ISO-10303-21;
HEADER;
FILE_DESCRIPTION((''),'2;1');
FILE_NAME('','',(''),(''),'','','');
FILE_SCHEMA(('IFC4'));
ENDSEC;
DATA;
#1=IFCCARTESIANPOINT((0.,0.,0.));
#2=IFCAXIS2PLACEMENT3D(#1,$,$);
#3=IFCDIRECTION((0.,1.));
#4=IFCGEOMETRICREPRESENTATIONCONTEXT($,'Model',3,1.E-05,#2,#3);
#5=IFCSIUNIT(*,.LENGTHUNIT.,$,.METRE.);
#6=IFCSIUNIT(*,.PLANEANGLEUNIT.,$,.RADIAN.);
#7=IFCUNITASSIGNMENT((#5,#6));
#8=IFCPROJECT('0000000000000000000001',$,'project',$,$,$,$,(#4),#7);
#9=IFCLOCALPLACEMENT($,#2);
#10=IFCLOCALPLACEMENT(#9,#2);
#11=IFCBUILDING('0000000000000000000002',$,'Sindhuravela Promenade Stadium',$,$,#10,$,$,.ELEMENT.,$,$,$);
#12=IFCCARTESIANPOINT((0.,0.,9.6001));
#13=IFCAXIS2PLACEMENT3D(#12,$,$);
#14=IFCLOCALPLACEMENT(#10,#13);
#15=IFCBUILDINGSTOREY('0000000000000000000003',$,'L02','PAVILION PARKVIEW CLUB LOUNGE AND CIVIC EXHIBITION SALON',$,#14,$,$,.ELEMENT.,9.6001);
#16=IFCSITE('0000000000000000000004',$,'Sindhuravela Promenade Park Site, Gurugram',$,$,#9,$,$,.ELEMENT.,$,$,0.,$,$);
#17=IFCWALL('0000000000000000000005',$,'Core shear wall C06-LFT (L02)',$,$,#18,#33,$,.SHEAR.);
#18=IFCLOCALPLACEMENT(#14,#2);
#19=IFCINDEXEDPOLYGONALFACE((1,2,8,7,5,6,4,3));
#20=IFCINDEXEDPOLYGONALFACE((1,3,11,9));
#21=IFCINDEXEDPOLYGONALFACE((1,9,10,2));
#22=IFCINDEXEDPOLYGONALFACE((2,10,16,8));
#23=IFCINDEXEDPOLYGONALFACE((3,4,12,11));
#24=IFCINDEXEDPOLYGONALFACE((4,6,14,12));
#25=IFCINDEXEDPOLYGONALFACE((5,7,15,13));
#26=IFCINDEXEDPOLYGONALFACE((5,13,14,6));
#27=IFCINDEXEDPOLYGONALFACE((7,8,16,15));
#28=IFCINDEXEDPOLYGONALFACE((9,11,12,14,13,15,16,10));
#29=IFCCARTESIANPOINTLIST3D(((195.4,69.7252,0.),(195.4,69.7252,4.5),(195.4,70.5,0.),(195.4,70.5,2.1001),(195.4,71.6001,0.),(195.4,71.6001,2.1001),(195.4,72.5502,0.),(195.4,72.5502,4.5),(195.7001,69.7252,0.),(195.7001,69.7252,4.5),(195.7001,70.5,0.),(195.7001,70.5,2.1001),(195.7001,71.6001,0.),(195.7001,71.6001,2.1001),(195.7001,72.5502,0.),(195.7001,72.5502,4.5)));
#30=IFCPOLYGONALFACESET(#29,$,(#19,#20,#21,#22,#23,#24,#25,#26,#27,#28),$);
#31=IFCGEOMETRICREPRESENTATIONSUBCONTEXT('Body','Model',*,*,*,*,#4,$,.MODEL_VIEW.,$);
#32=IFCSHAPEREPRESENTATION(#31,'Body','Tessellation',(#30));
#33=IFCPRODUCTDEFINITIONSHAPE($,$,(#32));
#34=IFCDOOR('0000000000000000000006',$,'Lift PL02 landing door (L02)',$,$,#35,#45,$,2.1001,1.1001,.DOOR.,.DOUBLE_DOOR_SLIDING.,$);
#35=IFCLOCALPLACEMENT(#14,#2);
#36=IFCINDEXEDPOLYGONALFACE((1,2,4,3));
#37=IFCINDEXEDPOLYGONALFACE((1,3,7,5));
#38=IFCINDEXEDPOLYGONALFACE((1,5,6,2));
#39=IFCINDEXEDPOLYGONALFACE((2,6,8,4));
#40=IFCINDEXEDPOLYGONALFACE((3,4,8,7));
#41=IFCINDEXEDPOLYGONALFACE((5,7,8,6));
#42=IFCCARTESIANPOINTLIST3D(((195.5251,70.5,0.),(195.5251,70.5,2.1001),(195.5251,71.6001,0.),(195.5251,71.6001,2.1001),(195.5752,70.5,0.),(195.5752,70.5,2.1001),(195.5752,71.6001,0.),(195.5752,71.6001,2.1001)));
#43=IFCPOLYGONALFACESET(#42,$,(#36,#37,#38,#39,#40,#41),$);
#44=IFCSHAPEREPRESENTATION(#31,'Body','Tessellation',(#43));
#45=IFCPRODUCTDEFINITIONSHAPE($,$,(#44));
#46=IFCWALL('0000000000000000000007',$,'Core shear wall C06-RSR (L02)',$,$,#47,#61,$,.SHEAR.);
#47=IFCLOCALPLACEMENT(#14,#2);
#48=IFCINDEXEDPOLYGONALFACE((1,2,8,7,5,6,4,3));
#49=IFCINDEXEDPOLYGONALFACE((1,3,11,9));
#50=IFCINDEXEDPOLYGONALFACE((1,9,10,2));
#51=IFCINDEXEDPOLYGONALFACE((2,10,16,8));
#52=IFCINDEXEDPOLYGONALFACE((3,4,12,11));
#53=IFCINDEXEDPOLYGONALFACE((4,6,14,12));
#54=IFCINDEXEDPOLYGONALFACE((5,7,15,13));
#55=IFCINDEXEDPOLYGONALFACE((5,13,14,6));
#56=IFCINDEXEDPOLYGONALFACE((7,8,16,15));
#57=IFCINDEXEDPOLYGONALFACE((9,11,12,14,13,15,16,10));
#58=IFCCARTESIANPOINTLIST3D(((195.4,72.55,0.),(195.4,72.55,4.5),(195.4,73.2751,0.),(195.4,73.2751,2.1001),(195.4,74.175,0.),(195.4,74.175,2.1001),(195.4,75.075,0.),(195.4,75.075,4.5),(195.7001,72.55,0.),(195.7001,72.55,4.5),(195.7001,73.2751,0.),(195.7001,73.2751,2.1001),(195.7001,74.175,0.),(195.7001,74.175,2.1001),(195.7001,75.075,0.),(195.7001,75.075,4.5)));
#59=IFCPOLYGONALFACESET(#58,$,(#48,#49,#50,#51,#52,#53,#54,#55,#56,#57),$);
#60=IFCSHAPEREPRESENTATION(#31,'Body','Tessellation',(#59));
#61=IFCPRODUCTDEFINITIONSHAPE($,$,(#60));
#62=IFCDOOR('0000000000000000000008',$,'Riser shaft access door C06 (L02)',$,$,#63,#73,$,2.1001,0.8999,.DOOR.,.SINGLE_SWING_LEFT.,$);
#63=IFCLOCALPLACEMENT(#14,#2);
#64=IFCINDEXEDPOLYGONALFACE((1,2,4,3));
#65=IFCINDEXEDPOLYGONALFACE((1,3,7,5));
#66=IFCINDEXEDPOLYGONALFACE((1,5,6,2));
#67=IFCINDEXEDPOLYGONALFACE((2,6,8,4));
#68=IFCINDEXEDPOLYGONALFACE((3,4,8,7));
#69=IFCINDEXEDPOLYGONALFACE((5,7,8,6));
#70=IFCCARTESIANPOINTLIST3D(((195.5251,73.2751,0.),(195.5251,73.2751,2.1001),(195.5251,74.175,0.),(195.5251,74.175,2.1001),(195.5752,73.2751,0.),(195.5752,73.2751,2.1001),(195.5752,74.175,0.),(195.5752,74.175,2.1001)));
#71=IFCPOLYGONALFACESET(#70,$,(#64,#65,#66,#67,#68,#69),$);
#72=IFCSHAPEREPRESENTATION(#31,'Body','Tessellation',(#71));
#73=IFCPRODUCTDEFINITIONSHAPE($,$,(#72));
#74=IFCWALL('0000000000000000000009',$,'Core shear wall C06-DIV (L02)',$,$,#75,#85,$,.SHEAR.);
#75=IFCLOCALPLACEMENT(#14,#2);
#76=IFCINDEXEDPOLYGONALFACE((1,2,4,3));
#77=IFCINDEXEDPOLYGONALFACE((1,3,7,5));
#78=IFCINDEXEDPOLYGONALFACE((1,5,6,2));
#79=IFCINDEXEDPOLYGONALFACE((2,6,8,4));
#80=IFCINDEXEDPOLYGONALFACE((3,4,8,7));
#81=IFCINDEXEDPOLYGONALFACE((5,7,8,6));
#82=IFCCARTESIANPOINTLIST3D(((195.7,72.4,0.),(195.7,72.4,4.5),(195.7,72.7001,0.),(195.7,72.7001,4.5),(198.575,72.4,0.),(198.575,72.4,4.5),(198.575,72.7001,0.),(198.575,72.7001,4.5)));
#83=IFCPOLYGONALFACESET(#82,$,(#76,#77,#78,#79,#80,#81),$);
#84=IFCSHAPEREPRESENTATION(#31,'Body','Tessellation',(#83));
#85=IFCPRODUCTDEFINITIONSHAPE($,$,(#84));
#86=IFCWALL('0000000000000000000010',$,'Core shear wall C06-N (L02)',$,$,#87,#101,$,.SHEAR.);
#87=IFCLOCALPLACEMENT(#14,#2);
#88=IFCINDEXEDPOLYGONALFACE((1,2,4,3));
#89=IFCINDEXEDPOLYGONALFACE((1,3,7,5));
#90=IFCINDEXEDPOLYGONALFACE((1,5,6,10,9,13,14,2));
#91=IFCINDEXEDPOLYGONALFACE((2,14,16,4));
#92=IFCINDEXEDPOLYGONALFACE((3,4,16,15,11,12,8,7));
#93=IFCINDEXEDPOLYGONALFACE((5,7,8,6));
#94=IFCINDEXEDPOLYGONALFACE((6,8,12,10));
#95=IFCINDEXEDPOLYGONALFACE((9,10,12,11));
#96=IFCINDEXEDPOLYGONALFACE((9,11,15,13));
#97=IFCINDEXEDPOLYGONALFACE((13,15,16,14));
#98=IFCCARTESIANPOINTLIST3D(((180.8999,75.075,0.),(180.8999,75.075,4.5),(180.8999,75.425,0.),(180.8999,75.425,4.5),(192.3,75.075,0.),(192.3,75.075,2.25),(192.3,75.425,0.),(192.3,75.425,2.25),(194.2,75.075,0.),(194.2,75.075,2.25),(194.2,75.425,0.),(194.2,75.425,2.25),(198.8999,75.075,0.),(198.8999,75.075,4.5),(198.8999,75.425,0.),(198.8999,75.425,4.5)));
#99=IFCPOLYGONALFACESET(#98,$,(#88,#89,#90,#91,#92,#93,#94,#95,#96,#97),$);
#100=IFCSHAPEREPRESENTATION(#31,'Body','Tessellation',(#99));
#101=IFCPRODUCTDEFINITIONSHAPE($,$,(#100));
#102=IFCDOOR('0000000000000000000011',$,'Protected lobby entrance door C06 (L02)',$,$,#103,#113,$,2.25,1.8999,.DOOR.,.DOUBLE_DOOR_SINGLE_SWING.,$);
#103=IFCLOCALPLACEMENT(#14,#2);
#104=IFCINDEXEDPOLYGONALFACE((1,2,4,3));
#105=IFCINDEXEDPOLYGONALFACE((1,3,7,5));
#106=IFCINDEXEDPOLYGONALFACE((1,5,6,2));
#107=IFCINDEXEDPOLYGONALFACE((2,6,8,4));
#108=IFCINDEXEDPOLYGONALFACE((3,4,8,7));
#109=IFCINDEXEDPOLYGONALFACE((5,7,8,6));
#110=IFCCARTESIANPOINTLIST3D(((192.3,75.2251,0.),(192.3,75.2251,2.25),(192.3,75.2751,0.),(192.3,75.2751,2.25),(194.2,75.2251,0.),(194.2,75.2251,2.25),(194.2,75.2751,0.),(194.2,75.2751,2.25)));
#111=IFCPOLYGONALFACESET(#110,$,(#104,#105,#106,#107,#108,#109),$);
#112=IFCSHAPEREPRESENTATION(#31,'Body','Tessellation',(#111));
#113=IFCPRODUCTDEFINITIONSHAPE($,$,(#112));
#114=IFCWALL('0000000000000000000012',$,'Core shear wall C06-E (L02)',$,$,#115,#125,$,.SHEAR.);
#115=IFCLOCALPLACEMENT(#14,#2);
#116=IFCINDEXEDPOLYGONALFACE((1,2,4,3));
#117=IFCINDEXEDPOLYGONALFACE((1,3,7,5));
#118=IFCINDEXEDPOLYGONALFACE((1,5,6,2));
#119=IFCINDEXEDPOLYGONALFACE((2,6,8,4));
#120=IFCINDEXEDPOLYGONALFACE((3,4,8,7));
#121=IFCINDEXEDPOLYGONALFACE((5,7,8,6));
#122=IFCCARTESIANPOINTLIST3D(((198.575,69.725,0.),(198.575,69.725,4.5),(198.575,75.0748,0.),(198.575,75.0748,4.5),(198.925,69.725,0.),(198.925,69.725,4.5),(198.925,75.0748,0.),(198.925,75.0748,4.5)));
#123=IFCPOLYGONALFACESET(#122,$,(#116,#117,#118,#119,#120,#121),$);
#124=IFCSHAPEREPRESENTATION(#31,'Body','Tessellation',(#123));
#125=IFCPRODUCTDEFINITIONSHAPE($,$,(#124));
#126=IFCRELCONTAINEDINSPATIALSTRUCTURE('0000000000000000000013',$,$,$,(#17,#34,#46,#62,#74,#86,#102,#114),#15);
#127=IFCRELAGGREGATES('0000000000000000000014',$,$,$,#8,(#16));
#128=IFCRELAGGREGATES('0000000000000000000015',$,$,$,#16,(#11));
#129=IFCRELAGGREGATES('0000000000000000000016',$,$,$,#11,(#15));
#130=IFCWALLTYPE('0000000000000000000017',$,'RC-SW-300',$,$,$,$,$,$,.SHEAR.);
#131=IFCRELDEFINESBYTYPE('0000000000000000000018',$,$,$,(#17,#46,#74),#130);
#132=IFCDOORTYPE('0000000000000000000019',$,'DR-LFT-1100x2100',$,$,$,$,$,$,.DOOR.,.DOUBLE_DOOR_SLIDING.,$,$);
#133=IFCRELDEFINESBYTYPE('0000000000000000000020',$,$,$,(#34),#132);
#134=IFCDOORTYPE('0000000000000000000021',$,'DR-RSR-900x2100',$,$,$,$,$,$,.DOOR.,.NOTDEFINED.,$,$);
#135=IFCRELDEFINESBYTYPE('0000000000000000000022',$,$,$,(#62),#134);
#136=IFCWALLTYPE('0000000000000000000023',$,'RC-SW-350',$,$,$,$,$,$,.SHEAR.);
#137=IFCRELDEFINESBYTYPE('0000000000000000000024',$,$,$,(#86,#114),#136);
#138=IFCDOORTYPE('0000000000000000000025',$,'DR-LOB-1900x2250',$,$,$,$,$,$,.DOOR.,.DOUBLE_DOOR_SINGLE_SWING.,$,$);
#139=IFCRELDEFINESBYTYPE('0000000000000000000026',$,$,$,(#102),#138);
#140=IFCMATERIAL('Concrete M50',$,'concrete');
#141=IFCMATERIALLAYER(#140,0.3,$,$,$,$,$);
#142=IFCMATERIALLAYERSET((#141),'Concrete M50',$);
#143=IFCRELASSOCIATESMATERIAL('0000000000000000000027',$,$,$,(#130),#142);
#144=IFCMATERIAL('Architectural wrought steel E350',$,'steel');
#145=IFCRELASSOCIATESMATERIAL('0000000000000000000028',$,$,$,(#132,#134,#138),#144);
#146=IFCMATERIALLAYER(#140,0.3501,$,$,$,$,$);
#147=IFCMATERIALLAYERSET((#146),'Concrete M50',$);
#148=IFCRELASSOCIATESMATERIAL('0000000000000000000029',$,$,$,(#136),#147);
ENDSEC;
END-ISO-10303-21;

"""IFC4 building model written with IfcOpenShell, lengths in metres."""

from ifc_helpers import new_model, si_unit, direction, frame, frame_2d, origin, place, context, subcontext, project, spatial, rectangle, extrude, material, layer, layer_set, type_object, element, fill, save


model = new_model("IFC4")

# Units and contexts
model_context = context("Model", 3, precision=1e-05, world=origin(), true_north=direction((0.0, 1.0)))
body_context = subcontext(model_context, "Body", "Model", "MODEL_VIEW")
ifc_project = project(units=[si_unit("LENGTHUNIT", "METRE"), si_unit("PLANEANGLEUNIT", "RADIAN")], contexts=[model_context])

# Site, building, storey
site_placement = place(None, origin())
site = spatial("IfcSite", under=ifc_project, at=site_placement, Name="Sindhuravela Promenade Park Site, Gurugram", CompositionType="ELEMENT", RefElevation=0.0)
building_placement = place(site_placement, origin())
building = spatial("IfcBuilding", under=site, at=building_placement, Name="Sindhuravela Promenade Stadium", CompositionType="ELEMENT")
storey_placement = place(building_placement, frame((0.0, 0.0, 9.6001)))
storey = spatial("IfcBuildingStorey", under=building, at=storey_placement, Name="L02", Description="PAVILION PARKVIEW CLUB LOUNGE AND CIVIC EXHIBITION SALON", CompositionType="ELEMENT", Elevation=9.6001)

# Walls, openings, doors
ifc_material_1 = material(Name="Concrete M50", Category="concrete")
ifc_layer_1 = layer(ifc_material_1, 0.3)
ifc_layer_set_1 = layer_set([ifc_layer_1], Name="Concrete M50")
wall_type_1 = type_object("IfcWallType", Name="RC-SW-300", PredefinedType="SHEAR", material=ifc_layer_set_1)
ifc_material_2 = material(Name="Architectural wrought steel E350", Category="steel")
wall_1_placement = place(storey_placement, frame((195.55, 69.7251, 0.0), z_axis=(0.0, 0.0, 1.0), x_axis=(0.0, 1.0, 0.0)))
wall_1 = element("IfcWall", 1, at=wall_1_placement, inside=storey, type_object=wall_type_1, Name="Core shear wall C06-LFT (L02)", PredefinedType="SHEAR", context=body_context, shape_type="SweptSolid", body=[
    extrude(rectangle(XDim=2.825, YDim=0.3, at=frame_2d((1.4126, 0.0))), origin(), (0.0, 0.0, 1.0), 4.5),
])
opening_1_placement = place(wall_1_placement, frame((0.7749, 0.0, 0.0)))
opening_1 = element("IfcOpeningElement", 2, at=opening_1_placement, cuts=wall_1, PredefinedType="OPENING", context=body_context, shape_type="SweptSolid", body=[
    extrude(rectangle(XDim=1.1001, YDim=2.1001, at=frame_2d((0.55, 1.05))), frame((0.0, 0.1599, 0.0), z_axis=(0.0, -1.0, 0.0), x_axis=(1.0, 0.0, 0.0)), (0.0, 0.0, 1.0), 0.3201),
])
door_type_1 = type_object("IfcDoorType", Name="DR-LFT-1100x2100", OperationType="DOUBLE_DOOR_SLIDING", PredefinedType="DOOR", material=ifc_material_2)
door_1_placement = place(opening_1_placement, origin())
door_1 = element("IfcDoor", 3, at=door_1_placement, inside=storey, type_object=door_type_1, Name="Lift PL02 landing door (L02)", OperationType="DOUBLE_DOOR_SLIDING", OverallHeight=2.1001, OverallWidth=1.1001, PredefinedType="DOOR", context=body_context, shape_type="SweptSolid", body=[
    extrude(rectangle(XDim=1.1001, YDim=2.1001, at=frame_2d((0.55, 1.05))), frame((0.0, 0.0249, 0.0), z_axis=(0.0, -1.0, 0.0), x_axis=(1.0, 0.0, 0.0)), (0.0, 0.0, 1.0), 0.05),
])
fill(opening_1, door_1)
wall_2_placement = place(storey_placement, frame((195.55, 72.55, 0.0), z_axis=(0.0, 0.0, 1.0), x_axis=(0.0, 1.0, 0.0)))
wall_2 = element("IfcWall", 4, at=wall_2_placement, inside=storey, type_object=wall_type_1, Name="Core shear wall C06-RSR (L02)", PredefinedType="SHEAR", context=body_context, shape_type="SweptSolid", body=[
    extrude(rectangle(XDim=2.5249, YDim=0.3, at=frame_2d((1.2625, 0.0))), origin(), (0.0, 0.0, 1.0), 4.5),
])
opening_2_placement = place(wall_2_placement, frame((0.7251, 0.0, 0.0)))
opening_2 = element("IfcOpeningElement", 5, at=opening_2_placement, cuts=wall_2, PredefinedType="OPENING", context=body_context, shape_type="SweptSolid", body=[
    extrude(rectangle(XDim=0.8999, YDim=2.1001, at=frame_2d((0.45, 1.05))), frame((0.0, 0.1599, 0.0), z_axis=(0.0, -1.0, 0.0), x_axis=(1.0, 0.0, 0.0)), (0.0, 0.0, 1.0), 0.3201),
])
door_type_2 = type_object("IfcDoorType", Name="DR-RSR-900x2100", OperationType="NOTDEFINED", PredefinedType="DOOR", material=ifc_material_2)
door_2_placement = place(opening_2_placement, origin())
door_2 = element("IfcDoor", 6, at=door_2_placement, inside=storey, type_object=door_type_2, Name="Riser shaft access door C06 (L02)", OperationType="SINGLE_SWING_LEFT", OverallHeight=2.1001, OverallWidth=0.8999, PredefinedType="DOOR", context=body_context, shape_type="SweptSolid", body=[
    extrude(rectangle(XDim=0.8999, YDim=2.1001, at=frame_2d((0.45, 1.05))), frame((0.0, 0.0249, 0.0), z_axis=(0.0, -1.0, 0.0), x_axis=(1.0, 0.0, 0.0)), (0.0, 0.0, 1.0), 0.05),
])
fill(opening_2, door_2)

# Wall
wall_3_placement = place(storey_placement, frame((195.7, 72.55, 0.0), z_axis=(0.0, 0.0, 1.0), x_axis=(1.0, 0.0, 0.0)))
element("IfcWall", 7, at=wall_3_placement, inside=storey, type_object=wall_type_1, Name="Core shear wall C06-DIV (L02)", PredefinedType="SHEAR", context=body_context, shape_type="SweptSolid", body=[
    extrude(rectangle(XDim=2.875, YDim=0.3, at=frame_2d((1.4375, 0.0))), origin(), (0.0, 0.0, 1.0), 4.5),
])

# Wall, opening, door
ifc_layer_2 = layer(ifc_material_1, 0.3501)
ifc_layer_set_2 = layer_set([ifc_layer_2], Name="Concrete M50")
wall_type_2 = type_object("IfcWallType", Name="RC-SW-350", PredefinedType="SHEAR", material=ifc_layer_set_2)
wall_4_placement = place(storey_placement, frame((198.8999, 75.25, 0.0), z_axis=(0.0, 0.0, 1.0), x_axis=(-1.0, 0.0, 0.0)))
wall_4 = element("IfcWall", 8, at=wall_4_placement, inside=storey, type_object=wall_type_2, Name="Core shear wall C06-N (L02)", PredefinedType="SHEAR", context=body_context, shape_type="SweptSolid", body=[
    extrude(rectangle(XDim=18.0, YDim=0.3501, at=frame_2d((9.0, 0.0))), origin(), (0.0, 0.0, 1.0), 4.5),
])
opening_3_placement = place(wall_4_placement, frame((4.7, 0.0, 0.0)))
opening_3 = element("IfcOpeningElement", 9, at=opening_3_placement, cuts=wall_4, PredefinedType="OPENING", context=body_context, shape_type="SweptSolid", body=[
    extrude(rectangle(XDim=1.8999, YDim=2.25, at=frame_2d((0.95, 1.125))), frame((0.0, 0.1851, 0.0), z_axis=(0.0, -1.0, 0.0), x_axis=(1.0, 0.0, 0.0)), (0.0, 0.0, 1.0), 0.3701),
])
door_type_3 = type_object("IfcDoorType", Name="DR-LOB-1900x2250", OperationType="DOUBLE_DOOR_SINGLE_SWING", PredefinedType="DOOR", material=ifc_material_2)
door_3_placement = place(opening_3_placement, origin())
door_3 = element("IfcDoor", 10, at=door_3_placement, inside=storey, type_object=door_type_3, Name="Protected lobby entrance door C06 (L02)", OperationType="DOUBLE_DOOR_SINGLE_SWING", OverallHeight=2.25, OverallWidth=1.8999, PredefinedType="DOOR", context=body_context, shape_type="SweptSolid", body=[
    extrude(rectangle(XDim=1.8999, YDim=2.25, at=frame_2d((0.95, 1.125))), frame((0.0, 0.0249, 0.0), z_axis=(0.0, -1.0, 0.0), x_axis=(1.0, 0.0, 0.0)), (0.0, 0.0, 1.0), 0.05),
])
fill(opening_3, door_3)

# Wall
wall_5_placement = place(storey_placement, frame((198.75, 69.7251, 0.0), z_axis=(0.0, 0.0, 1.0), x_axis=(0.0, 1.0, 0.0)))
element("IfcWall", 11, at=wall_5_placement, inside=storey, type_object=wall_type_2, Name="Core shear wall C06-E (L02)", PredefinedType="SHEAR", context=body_context, shape_type="SweptSolid", body=[
    extrude(rectangle(XDim=5.3499, YDim=0.3501, at=frame_2d((2.6748, 0.0))), origin(), (0.0, 0.0, 1.0), 4.5),
])

save(model, "model.ifc")
